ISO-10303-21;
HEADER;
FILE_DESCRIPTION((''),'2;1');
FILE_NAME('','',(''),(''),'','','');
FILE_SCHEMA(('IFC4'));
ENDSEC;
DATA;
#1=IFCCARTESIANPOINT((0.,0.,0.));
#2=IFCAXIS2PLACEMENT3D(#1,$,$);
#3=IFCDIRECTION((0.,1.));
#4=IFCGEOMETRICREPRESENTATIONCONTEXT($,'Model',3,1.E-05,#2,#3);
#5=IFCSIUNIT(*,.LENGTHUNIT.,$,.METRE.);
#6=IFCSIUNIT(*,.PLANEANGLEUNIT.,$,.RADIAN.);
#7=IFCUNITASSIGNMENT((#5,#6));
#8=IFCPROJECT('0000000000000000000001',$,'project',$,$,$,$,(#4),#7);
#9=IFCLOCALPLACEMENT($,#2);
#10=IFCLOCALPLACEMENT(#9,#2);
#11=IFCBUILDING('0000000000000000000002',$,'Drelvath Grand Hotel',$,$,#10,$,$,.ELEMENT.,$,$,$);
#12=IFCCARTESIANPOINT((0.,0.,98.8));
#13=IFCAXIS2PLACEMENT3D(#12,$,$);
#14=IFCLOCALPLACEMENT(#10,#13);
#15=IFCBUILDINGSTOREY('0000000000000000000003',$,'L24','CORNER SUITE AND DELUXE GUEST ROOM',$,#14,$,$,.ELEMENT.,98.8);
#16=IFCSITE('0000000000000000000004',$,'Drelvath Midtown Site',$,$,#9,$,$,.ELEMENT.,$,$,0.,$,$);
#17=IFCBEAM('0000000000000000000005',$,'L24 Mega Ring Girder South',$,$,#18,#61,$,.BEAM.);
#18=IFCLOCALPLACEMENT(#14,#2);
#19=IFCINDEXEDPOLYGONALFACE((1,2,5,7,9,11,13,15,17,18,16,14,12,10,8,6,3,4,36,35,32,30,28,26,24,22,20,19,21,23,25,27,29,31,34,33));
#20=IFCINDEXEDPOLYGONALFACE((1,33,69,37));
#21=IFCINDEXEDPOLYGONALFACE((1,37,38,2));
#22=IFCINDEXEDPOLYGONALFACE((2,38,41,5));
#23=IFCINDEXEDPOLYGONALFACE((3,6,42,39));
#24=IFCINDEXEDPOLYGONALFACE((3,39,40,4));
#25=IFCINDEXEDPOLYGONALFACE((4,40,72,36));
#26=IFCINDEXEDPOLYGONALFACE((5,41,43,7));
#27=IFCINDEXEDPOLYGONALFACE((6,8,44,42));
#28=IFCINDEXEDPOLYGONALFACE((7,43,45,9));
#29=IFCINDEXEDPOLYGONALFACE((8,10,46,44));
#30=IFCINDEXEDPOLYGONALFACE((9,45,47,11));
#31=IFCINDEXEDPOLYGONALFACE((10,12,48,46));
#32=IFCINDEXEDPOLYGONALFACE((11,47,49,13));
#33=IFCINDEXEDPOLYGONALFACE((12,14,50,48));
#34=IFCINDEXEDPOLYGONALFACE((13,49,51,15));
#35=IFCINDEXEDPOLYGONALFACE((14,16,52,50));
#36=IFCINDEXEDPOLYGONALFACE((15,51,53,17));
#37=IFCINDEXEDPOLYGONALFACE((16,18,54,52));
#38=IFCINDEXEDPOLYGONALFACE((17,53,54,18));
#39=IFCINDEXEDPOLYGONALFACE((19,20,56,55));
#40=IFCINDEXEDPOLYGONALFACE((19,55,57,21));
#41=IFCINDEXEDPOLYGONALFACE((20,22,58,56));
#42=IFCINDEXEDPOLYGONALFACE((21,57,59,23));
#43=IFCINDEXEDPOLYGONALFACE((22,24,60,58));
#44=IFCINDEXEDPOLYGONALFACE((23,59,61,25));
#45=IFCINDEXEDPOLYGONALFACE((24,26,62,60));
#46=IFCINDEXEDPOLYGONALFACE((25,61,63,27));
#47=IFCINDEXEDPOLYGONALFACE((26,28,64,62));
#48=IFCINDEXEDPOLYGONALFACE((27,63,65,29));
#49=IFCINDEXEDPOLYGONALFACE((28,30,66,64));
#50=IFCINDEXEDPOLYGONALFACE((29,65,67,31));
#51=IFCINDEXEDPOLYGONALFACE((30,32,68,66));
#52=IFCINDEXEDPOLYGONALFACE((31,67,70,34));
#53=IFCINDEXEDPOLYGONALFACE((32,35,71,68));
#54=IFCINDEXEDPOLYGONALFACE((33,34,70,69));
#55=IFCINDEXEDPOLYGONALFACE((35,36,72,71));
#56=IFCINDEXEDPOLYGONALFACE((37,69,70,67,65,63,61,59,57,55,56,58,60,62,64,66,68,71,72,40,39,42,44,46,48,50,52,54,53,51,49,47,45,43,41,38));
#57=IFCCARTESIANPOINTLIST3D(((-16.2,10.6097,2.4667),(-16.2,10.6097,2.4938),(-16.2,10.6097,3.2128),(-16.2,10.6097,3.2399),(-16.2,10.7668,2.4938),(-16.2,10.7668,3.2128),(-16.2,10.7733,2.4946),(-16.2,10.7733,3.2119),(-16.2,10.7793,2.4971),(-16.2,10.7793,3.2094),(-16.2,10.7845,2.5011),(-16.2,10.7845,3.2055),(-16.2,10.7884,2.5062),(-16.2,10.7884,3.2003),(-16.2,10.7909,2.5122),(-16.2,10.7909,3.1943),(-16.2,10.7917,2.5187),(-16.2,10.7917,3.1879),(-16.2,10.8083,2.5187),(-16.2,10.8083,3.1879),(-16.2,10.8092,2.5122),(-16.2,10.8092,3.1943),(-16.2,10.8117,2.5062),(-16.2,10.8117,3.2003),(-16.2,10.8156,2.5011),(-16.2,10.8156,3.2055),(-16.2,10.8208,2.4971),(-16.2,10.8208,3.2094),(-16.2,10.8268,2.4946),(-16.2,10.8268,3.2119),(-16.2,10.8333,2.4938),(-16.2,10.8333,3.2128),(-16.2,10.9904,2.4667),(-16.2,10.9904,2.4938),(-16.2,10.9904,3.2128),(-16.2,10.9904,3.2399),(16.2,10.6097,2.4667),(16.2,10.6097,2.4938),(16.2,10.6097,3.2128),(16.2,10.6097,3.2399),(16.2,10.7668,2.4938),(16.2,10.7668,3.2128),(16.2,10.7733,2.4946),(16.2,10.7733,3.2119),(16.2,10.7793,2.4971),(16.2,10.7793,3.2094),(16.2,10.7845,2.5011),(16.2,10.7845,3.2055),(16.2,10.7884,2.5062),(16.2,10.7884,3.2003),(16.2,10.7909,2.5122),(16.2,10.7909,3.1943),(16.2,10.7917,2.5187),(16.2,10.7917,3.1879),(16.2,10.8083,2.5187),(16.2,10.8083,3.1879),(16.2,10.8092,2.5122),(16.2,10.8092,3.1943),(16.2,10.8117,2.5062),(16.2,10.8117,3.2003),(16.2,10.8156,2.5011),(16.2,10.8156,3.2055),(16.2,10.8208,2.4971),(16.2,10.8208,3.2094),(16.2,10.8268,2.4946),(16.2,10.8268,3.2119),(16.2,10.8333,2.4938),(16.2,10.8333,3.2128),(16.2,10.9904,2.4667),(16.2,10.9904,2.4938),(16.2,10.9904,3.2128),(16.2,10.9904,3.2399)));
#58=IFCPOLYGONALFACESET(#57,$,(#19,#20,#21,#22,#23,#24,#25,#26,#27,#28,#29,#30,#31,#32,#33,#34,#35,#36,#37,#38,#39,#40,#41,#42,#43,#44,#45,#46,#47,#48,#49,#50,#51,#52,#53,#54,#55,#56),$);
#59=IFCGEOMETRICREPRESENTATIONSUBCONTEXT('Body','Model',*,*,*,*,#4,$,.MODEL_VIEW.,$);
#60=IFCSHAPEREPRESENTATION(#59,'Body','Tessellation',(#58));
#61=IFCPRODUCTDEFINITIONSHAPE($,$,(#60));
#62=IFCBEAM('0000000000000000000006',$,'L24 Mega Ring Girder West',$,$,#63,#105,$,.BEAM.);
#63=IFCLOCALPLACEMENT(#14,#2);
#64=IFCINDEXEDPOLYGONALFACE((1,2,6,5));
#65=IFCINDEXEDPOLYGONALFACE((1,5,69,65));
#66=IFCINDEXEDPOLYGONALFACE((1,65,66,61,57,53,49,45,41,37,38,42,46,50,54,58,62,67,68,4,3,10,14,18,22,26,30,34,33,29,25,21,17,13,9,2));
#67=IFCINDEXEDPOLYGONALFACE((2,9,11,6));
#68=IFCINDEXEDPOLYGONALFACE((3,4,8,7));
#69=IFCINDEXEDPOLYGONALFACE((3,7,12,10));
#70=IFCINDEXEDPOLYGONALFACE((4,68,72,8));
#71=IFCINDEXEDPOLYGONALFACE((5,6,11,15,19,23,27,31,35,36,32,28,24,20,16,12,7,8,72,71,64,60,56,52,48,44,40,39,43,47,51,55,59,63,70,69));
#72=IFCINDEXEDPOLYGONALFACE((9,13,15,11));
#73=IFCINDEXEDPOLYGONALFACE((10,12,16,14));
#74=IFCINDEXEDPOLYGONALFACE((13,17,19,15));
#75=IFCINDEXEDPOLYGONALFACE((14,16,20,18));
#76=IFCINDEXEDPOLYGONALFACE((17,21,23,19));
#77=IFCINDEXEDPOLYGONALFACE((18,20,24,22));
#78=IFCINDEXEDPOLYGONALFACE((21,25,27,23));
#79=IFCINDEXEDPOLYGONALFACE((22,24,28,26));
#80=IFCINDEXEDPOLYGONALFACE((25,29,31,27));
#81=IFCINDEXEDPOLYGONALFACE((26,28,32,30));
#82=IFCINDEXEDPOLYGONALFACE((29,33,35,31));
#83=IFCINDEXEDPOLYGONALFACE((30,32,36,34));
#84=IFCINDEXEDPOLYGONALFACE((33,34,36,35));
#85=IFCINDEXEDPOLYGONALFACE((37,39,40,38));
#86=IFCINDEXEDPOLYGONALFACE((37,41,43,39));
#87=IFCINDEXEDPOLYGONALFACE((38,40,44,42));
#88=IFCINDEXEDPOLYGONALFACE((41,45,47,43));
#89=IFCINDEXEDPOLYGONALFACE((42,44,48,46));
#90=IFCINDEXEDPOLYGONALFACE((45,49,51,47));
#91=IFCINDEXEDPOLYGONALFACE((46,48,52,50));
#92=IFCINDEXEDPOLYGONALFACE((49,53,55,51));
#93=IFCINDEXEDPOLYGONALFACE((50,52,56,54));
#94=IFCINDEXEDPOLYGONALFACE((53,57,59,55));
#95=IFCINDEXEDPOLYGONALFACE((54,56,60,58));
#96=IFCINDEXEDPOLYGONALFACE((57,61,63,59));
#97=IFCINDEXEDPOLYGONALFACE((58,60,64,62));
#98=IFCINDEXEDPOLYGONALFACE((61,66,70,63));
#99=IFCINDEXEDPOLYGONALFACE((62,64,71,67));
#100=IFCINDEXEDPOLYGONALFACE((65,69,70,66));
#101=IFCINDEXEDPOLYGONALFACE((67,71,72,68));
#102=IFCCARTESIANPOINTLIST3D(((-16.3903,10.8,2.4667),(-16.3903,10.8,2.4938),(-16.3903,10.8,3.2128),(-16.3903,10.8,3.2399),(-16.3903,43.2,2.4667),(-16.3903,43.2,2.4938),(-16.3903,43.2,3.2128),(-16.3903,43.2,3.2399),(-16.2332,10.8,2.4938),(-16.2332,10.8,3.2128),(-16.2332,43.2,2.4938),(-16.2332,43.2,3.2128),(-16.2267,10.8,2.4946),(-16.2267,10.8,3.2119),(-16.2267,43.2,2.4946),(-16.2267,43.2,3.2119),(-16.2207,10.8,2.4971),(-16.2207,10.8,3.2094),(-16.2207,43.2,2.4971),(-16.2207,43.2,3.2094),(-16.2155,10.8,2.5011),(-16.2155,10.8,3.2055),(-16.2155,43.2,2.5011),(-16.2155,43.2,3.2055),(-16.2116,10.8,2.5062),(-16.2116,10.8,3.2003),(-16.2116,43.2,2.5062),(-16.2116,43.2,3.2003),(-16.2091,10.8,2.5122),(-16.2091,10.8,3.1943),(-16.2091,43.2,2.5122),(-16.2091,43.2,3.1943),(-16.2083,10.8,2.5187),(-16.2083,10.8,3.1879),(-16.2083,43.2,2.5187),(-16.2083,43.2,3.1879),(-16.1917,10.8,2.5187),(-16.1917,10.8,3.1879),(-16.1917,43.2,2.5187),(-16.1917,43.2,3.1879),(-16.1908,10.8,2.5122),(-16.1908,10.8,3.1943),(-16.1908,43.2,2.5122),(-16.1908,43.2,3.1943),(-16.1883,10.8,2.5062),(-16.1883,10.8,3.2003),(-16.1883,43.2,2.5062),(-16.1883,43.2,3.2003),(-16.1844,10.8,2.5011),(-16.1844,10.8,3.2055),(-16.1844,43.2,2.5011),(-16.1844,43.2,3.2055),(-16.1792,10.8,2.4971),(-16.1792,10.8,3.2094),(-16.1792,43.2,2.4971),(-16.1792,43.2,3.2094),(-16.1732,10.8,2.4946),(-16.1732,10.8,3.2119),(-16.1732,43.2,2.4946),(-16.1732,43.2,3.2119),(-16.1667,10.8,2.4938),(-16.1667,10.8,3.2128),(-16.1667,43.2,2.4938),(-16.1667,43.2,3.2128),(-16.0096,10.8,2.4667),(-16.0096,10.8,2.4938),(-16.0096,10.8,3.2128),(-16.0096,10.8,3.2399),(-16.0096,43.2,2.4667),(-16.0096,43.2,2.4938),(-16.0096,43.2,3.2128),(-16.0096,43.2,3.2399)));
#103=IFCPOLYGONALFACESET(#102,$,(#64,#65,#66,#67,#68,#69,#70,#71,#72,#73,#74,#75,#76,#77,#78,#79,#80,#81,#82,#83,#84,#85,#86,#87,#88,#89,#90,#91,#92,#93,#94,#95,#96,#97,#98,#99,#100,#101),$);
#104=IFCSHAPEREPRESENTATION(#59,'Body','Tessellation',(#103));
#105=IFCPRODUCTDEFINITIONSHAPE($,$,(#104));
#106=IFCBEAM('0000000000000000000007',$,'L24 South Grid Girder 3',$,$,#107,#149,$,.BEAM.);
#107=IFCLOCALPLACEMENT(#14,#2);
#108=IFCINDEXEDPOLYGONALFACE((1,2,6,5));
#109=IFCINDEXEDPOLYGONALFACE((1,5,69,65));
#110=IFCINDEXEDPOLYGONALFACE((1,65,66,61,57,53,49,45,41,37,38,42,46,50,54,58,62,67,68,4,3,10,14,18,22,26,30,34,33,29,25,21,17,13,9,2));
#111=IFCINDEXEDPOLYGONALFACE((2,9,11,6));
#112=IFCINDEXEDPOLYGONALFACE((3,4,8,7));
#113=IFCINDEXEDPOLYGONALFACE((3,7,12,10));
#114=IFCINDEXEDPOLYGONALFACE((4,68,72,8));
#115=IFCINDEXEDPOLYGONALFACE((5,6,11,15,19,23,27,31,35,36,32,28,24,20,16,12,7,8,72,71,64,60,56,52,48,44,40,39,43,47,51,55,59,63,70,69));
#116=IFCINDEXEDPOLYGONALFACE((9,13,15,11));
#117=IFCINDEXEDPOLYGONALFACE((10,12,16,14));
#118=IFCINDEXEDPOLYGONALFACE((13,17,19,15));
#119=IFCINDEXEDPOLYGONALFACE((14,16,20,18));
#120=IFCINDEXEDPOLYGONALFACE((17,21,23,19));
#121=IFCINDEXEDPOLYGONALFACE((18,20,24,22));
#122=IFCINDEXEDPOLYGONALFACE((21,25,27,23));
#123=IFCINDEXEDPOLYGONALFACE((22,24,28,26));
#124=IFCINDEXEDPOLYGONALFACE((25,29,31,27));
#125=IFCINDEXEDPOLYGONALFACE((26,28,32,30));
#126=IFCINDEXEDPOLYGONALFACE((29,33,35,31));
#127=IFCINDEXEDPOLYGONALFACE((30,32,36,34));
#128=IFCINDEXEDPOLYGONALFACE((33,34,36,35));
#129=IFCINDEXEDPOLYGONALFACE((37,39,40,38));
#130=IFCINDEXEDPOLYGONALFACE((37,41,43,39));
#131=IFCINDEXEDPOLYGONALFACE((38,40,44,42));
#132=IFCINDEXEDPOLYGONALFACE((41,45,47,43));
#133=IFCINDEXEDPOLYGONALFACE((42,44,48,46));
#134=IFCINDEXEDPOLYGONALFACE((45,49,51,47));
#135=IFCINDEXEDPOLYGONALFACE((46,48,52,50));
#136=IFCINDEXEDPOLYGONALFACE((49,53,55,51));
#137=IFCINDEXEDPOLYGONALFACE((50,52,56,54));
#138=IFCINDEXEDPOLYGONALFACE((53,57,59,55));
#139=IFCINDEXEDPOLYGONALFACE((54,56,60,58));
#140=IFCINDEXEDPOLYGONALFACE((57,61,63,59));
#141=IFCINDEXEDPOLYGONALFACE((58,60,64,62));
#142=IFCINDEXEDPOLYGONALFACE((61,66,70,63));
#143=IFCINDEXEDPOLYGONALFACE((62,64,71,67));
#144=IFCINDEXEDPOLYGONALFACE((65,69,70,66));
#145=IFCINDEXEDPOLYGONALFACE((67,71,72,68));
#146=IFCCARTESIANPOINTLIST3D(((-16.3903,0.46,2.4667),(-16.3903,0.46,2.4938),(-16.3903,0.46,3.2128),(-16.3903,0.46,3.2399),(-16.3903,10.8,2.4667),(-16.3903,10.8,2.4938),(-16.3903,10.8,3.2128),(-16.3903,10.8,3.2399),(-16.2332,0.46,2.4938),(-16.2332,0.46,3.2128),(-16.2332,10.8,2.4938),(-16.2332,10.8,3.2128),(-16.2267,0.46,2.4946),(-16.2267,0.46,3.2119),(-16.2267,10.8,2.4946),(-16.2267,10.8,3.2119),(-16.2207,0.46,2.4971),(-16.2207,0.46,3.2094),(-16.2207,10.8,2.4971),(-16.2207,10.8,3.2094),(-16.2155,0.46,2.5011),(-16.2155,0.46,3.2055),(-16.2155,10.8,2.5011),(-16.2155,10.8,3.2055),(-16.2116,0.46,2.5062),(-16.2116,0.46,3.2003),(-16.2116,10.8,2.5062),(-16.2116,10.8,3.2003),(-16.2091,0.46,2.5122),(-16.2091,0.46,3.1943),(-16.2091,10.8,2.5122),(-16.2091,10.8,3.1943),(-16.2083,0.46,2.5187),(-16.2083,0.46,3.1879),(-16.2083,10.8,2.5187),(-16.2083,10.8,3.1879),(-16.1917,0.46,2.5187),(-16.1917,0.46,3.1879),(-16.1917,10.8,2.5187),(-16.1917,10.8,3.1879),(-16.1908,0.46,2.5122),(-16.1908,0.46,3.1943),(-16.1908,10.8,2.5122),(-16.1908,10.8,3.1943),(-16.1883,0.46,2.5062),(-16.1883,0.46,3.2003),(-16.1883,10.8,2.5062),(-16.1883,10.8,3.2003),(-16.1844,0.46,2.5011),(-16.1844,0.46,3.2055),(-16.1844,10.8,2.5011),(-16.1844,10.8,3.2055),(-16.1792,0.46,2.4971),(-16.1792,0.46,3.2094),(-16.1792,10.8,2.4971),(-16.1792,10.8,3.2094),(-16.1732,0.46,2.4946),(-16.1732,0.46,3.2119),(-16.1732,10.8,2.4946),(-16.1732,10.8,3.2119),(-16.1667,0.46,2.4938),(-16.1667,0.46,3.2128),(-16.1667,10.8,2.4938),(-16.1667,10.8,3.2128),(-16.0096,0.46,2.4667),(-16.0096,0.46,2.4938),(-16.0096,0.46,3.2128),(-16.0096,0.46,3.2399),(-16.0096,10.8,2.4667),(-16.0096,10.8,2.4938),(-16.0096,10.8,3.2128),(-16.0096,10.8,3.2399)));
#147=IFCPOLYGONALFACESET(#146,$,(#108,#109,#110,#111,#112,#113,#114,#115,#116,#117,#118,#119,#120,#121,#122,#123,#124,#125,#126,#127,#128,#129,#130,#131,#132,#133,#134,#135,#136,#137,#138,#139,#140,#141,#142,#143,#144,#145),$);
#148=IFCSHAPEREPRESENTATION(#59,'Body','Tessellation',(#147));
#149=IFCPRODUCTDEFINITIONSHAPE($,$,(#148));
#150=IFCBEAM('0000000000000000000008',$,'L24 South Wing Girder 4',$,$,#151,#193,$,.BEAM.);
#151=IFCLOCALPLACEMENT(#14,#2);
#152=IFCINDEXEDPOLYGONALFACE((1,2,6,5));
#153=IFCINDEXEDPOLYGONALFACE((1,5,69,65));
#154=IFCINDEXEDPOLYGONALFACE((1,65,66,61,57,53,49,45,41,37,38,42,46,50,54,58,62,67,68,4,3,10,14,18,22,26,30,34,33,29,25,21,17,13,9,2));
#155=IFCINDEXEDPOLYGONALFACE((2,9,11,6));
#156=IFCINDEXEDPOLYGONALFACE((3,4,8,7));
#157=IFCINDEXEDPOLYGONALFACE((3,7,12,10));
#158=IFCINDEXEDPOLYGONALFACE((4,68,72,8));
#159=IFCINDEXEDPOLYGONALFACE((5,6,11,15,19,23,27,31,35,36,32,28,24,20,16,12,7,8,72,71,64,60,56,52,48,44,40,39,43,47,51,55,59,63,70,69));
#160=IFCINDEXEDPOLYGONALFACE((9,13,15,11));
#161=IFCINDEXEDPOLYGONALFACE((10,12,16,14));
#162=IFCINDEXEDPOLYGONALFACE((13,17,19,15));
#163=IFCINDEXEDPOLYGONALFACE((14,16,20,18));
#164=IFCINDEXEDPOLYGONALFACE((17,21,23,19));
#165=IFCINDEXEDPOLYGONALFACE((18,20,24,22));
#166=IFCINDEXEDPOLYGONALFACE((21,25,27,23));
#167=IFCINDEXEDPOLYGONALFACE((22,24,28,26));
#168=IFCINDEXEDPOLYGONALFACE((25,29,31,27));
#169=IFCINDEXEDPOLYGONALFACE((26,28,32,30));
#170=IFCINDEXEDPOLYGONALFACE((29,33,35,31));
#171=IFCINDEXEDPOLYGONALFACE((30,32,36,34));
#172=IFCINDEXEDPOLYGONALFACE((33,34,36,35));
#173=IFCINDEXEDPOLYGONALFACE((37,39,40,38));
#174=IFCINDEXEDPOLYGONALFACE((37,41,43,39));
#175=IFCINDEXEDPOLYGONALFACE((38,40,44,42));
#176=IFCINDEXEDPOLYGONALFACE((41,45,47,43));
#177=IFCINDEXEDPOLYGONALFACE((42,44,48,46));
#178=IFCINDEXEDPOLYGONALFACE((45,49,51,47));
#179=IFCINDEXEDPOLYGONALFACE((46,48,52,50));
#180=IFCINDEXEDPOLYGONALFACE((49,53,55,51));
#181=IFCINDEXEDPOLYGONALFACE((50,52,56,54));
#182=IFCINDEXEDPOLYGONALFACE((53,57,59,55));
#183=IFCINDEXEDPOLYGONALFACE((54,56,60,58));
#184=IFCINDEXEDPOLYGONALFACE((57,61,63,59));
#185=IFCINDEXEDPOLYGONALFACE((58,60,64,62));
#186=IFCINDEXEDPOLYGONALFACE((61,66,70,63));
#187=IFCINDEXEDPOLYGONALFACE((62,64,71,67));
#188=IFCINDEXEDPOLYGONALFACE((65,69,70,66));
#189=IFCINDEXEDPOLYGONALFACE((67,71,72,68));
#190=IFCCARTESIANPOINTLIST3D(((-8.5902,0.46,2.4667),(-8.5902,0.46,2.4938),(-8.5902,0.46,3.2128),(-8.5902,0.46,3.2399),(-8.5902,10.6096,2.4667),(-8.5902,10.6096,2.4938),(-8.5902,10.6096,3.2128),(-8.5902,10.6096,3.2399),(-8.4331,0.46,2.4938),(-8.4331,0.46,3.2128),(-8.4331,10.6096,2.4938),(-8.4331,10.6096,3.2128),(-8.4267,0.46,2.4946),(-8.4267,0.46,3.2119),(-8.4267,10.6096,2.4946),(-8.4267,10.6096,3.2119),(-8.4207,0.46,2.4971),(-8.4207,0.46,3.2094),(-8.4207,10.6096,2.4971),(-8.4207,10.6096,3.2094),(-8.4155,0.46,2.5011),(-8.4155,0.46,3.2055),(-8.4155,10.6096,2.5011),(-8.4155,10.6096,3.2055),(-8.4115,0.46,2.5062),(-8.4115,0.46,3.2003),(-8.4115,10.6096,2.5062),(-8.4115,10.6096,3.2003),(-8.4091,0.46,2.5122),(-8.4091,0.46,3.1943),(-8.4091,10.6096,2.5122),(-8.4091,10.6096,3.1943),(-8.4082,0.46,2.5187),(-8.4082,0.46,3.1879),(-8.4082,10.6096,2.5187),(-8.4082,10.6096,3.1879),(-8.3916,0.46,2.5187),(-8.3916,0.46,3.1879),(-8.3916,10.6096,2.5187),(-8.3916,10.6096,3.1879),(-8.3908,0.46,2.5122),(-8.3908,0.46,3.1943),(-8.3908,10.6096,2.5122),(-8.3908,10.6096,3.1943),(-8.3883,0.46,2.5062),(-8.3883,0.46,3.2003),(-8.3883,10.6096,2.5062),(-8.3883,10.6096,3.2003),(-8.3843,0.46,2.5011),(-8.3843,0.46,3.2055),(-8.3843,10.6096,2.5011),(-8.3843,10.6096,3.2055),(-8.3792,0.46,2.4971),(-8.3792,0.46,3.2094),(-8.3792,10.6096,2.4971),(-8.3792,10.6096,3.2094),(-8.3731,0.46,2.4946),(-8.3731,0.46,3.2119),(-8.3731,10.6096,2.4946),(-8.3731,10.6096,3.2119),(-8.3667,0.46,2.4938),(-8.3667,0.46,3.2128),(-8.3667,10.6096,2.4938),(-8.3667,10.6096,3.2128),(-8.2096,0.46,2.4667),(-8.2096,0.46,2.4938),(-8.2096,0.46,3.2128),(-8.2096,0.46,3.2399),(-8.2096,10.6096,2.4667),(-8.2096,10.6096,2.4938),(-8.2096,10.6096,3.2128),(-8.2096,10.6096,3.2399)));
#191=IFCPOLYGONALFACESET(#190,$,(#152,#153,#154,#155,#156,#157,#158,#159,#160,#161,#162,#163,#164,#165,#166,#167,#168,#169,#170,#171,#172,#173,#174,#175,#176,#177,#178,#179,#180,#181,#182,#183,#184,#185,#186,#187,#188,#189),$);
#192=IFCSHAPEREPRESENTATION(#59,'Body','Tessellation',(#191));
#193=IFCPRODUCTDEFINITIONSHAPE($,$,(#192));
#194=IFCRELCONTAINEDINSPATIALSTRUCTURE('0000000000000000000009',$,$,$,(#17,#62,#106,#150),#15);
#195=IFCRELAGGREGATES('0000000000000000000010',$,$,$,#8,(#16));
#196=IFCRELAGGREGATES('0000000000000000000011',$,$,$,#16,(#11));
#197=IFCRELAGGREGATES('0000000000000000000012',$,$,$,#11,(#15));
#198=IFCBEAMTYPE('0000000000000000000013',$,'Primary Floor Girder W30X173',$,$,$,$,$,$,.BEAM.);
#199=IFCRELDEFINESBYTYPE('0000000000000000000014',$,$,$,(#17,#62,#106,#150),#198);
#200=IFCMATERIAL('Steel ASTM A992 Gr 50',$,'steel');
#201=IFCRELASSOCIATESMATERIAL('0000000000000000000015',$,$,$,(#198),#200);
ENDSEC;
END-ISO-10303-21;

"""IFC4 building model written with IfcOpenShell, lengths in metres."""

from ifc_helpers import new_model, si_unit, direction, frame, origin, origin_2d, place, context, subcontext, project, spatial, i_section, extrude, material, material_profile, profile_set, type_object, element, save


model = new_model("IFC4")

# Units and contexts
model_context = context("Model", 3, precision=1e-05, world=origin(), true_north=direction((0.0, 1.0)))
body_context = subcontext(model_context, "Body", "Model", "MODEL_VIEW")
ifc_project = project(units=[si_unit("LENGTHUNIT", "METRE"), si_unit("PLANEANGLEUNIT", "RADIAN")], contexts=[model_context])

# Site, building, storey
site_placement = place(None, origin())
site = spatial("IfcSite", under=ifc_project, at=site_placement, Name="Drelvath Midtown Site", CompositionType="ELEMENT", RefElevation=0.0)
building_placement = place(site_placement, origin())
building = spatial("IfcBuilding", under=site, at=building_placement, Name="Drelvath Grand Hotel", CompositionType="ELEMENT")
storey_placement = place(building_placement, frame((0.0, 0.0, 98.8)))
storey = spatial("IfcBuildingStorey", under=building, at=storey_placement, Name="L24", Description="CORNER SUITE AND DELUXE GUEST ROOM", CompositionType="ELEMENT", Elevation=98.8)

# Shared definitions
ifc_material_1 = material(Name="Steel ASTM A992 Gr 50", Category="steel")

# Beams
ifc_material_profile_1 = material_profile(ifc_material_1, i_section(OverallWidth=0.3806, OverallDepth=0.7732, WebThickness=0.0166, FlangeThickness=0.0271, FilletRadius=0.0249, at=origin_2d()), Name="W30X173")
ifc_profile_set_1 = profile_set([ifc_material_profile_1], Name="Steel ASTM A992 Gr 50")
beam_type_1 = type_object("IfcBeamType", Name="Primary Floor Girder W30X173", PredefinedType="BEAM", material=ifc_profile_set_1)
for number, where, z_axis, x_axis, name in (
    (1, (-16.2, 10.8, 2.8533), (1.0, 0.0, 0.0), (0.0, 1.0, 0.0), "L24 Mega Ring Girder South"),
    (2, (-16.2, 10.8, 2.8533), (0.0, 1.0, 0.0), (-1.0, 0.0, 0.0), "L24 Mega Ring Girder West"),
):
    element("IfcBeam", number, at=place(storey_placement, frame(where, z_axis=z_axis, x_axis=x_axis)), inside=storey, type_object=beam_type_1, Name=name, PredefinedType="BEAM", context=body_context, shape_type="SweptSolid", body=[
        extrude(i_section(OverallWidth=0.3806, OverallDepth=0.7732, WebThickness=0.0166, FlangeThickness=0.0271, FilletRadius=0.0249, at=origin_2d()), origin(), (0.0, 0.0, 1.0), 32.3999),
    ])
beam_1_placement = place(storey_placement, frame((-16.2, 0.46, 2.8533), z_axis=(0.0, 1.0, 0.0), x_axis=(-1.0, 0.0, 0.0)))
element("IfcBeam", 3, at=beam_1_placement, inside=storey, type_object=beam_type_1, Name="L24 South Grid Girder 3", PredefinedType="BEAM", context=body_context, shape_type="SweptSolid", body=[
    extrude(i_section(OverallWidth=0.3806, OverallDepth=0.7732, WebThickness=0.0166, FlangeThickness=0.0271, FilletRadius=0.0249, at=origin_2d()), origin(), (0.0, 0.0, 1.0), 10.3401),
])
beam_2_placement = place(storey_placement, frame((-8.3999, 0.46, 2.8533), z_axis=(0.0, 1.0, 0.0), x_axis=(-1.0, 0.0, 0.0)))
element("IfcBeam", 4, at=beam_2_placement, inside=storey, type_object=beam_type_1, Name="L24 South Wing Girder 4", PredefinedType="BEAM", context=body_context, shape_type="SweptSolid", body=[
    extrude(i_section(OverallWidth=0.3806, OverallDepth=0.7732, WebThickness=0.0166, FlangeThickness=0.0271, FilletRadius=0.0249, at=origin_2d()), origin(), (0.0, 0.0, 1.0), 10.1497),
])

save(model, "model.ifc")
